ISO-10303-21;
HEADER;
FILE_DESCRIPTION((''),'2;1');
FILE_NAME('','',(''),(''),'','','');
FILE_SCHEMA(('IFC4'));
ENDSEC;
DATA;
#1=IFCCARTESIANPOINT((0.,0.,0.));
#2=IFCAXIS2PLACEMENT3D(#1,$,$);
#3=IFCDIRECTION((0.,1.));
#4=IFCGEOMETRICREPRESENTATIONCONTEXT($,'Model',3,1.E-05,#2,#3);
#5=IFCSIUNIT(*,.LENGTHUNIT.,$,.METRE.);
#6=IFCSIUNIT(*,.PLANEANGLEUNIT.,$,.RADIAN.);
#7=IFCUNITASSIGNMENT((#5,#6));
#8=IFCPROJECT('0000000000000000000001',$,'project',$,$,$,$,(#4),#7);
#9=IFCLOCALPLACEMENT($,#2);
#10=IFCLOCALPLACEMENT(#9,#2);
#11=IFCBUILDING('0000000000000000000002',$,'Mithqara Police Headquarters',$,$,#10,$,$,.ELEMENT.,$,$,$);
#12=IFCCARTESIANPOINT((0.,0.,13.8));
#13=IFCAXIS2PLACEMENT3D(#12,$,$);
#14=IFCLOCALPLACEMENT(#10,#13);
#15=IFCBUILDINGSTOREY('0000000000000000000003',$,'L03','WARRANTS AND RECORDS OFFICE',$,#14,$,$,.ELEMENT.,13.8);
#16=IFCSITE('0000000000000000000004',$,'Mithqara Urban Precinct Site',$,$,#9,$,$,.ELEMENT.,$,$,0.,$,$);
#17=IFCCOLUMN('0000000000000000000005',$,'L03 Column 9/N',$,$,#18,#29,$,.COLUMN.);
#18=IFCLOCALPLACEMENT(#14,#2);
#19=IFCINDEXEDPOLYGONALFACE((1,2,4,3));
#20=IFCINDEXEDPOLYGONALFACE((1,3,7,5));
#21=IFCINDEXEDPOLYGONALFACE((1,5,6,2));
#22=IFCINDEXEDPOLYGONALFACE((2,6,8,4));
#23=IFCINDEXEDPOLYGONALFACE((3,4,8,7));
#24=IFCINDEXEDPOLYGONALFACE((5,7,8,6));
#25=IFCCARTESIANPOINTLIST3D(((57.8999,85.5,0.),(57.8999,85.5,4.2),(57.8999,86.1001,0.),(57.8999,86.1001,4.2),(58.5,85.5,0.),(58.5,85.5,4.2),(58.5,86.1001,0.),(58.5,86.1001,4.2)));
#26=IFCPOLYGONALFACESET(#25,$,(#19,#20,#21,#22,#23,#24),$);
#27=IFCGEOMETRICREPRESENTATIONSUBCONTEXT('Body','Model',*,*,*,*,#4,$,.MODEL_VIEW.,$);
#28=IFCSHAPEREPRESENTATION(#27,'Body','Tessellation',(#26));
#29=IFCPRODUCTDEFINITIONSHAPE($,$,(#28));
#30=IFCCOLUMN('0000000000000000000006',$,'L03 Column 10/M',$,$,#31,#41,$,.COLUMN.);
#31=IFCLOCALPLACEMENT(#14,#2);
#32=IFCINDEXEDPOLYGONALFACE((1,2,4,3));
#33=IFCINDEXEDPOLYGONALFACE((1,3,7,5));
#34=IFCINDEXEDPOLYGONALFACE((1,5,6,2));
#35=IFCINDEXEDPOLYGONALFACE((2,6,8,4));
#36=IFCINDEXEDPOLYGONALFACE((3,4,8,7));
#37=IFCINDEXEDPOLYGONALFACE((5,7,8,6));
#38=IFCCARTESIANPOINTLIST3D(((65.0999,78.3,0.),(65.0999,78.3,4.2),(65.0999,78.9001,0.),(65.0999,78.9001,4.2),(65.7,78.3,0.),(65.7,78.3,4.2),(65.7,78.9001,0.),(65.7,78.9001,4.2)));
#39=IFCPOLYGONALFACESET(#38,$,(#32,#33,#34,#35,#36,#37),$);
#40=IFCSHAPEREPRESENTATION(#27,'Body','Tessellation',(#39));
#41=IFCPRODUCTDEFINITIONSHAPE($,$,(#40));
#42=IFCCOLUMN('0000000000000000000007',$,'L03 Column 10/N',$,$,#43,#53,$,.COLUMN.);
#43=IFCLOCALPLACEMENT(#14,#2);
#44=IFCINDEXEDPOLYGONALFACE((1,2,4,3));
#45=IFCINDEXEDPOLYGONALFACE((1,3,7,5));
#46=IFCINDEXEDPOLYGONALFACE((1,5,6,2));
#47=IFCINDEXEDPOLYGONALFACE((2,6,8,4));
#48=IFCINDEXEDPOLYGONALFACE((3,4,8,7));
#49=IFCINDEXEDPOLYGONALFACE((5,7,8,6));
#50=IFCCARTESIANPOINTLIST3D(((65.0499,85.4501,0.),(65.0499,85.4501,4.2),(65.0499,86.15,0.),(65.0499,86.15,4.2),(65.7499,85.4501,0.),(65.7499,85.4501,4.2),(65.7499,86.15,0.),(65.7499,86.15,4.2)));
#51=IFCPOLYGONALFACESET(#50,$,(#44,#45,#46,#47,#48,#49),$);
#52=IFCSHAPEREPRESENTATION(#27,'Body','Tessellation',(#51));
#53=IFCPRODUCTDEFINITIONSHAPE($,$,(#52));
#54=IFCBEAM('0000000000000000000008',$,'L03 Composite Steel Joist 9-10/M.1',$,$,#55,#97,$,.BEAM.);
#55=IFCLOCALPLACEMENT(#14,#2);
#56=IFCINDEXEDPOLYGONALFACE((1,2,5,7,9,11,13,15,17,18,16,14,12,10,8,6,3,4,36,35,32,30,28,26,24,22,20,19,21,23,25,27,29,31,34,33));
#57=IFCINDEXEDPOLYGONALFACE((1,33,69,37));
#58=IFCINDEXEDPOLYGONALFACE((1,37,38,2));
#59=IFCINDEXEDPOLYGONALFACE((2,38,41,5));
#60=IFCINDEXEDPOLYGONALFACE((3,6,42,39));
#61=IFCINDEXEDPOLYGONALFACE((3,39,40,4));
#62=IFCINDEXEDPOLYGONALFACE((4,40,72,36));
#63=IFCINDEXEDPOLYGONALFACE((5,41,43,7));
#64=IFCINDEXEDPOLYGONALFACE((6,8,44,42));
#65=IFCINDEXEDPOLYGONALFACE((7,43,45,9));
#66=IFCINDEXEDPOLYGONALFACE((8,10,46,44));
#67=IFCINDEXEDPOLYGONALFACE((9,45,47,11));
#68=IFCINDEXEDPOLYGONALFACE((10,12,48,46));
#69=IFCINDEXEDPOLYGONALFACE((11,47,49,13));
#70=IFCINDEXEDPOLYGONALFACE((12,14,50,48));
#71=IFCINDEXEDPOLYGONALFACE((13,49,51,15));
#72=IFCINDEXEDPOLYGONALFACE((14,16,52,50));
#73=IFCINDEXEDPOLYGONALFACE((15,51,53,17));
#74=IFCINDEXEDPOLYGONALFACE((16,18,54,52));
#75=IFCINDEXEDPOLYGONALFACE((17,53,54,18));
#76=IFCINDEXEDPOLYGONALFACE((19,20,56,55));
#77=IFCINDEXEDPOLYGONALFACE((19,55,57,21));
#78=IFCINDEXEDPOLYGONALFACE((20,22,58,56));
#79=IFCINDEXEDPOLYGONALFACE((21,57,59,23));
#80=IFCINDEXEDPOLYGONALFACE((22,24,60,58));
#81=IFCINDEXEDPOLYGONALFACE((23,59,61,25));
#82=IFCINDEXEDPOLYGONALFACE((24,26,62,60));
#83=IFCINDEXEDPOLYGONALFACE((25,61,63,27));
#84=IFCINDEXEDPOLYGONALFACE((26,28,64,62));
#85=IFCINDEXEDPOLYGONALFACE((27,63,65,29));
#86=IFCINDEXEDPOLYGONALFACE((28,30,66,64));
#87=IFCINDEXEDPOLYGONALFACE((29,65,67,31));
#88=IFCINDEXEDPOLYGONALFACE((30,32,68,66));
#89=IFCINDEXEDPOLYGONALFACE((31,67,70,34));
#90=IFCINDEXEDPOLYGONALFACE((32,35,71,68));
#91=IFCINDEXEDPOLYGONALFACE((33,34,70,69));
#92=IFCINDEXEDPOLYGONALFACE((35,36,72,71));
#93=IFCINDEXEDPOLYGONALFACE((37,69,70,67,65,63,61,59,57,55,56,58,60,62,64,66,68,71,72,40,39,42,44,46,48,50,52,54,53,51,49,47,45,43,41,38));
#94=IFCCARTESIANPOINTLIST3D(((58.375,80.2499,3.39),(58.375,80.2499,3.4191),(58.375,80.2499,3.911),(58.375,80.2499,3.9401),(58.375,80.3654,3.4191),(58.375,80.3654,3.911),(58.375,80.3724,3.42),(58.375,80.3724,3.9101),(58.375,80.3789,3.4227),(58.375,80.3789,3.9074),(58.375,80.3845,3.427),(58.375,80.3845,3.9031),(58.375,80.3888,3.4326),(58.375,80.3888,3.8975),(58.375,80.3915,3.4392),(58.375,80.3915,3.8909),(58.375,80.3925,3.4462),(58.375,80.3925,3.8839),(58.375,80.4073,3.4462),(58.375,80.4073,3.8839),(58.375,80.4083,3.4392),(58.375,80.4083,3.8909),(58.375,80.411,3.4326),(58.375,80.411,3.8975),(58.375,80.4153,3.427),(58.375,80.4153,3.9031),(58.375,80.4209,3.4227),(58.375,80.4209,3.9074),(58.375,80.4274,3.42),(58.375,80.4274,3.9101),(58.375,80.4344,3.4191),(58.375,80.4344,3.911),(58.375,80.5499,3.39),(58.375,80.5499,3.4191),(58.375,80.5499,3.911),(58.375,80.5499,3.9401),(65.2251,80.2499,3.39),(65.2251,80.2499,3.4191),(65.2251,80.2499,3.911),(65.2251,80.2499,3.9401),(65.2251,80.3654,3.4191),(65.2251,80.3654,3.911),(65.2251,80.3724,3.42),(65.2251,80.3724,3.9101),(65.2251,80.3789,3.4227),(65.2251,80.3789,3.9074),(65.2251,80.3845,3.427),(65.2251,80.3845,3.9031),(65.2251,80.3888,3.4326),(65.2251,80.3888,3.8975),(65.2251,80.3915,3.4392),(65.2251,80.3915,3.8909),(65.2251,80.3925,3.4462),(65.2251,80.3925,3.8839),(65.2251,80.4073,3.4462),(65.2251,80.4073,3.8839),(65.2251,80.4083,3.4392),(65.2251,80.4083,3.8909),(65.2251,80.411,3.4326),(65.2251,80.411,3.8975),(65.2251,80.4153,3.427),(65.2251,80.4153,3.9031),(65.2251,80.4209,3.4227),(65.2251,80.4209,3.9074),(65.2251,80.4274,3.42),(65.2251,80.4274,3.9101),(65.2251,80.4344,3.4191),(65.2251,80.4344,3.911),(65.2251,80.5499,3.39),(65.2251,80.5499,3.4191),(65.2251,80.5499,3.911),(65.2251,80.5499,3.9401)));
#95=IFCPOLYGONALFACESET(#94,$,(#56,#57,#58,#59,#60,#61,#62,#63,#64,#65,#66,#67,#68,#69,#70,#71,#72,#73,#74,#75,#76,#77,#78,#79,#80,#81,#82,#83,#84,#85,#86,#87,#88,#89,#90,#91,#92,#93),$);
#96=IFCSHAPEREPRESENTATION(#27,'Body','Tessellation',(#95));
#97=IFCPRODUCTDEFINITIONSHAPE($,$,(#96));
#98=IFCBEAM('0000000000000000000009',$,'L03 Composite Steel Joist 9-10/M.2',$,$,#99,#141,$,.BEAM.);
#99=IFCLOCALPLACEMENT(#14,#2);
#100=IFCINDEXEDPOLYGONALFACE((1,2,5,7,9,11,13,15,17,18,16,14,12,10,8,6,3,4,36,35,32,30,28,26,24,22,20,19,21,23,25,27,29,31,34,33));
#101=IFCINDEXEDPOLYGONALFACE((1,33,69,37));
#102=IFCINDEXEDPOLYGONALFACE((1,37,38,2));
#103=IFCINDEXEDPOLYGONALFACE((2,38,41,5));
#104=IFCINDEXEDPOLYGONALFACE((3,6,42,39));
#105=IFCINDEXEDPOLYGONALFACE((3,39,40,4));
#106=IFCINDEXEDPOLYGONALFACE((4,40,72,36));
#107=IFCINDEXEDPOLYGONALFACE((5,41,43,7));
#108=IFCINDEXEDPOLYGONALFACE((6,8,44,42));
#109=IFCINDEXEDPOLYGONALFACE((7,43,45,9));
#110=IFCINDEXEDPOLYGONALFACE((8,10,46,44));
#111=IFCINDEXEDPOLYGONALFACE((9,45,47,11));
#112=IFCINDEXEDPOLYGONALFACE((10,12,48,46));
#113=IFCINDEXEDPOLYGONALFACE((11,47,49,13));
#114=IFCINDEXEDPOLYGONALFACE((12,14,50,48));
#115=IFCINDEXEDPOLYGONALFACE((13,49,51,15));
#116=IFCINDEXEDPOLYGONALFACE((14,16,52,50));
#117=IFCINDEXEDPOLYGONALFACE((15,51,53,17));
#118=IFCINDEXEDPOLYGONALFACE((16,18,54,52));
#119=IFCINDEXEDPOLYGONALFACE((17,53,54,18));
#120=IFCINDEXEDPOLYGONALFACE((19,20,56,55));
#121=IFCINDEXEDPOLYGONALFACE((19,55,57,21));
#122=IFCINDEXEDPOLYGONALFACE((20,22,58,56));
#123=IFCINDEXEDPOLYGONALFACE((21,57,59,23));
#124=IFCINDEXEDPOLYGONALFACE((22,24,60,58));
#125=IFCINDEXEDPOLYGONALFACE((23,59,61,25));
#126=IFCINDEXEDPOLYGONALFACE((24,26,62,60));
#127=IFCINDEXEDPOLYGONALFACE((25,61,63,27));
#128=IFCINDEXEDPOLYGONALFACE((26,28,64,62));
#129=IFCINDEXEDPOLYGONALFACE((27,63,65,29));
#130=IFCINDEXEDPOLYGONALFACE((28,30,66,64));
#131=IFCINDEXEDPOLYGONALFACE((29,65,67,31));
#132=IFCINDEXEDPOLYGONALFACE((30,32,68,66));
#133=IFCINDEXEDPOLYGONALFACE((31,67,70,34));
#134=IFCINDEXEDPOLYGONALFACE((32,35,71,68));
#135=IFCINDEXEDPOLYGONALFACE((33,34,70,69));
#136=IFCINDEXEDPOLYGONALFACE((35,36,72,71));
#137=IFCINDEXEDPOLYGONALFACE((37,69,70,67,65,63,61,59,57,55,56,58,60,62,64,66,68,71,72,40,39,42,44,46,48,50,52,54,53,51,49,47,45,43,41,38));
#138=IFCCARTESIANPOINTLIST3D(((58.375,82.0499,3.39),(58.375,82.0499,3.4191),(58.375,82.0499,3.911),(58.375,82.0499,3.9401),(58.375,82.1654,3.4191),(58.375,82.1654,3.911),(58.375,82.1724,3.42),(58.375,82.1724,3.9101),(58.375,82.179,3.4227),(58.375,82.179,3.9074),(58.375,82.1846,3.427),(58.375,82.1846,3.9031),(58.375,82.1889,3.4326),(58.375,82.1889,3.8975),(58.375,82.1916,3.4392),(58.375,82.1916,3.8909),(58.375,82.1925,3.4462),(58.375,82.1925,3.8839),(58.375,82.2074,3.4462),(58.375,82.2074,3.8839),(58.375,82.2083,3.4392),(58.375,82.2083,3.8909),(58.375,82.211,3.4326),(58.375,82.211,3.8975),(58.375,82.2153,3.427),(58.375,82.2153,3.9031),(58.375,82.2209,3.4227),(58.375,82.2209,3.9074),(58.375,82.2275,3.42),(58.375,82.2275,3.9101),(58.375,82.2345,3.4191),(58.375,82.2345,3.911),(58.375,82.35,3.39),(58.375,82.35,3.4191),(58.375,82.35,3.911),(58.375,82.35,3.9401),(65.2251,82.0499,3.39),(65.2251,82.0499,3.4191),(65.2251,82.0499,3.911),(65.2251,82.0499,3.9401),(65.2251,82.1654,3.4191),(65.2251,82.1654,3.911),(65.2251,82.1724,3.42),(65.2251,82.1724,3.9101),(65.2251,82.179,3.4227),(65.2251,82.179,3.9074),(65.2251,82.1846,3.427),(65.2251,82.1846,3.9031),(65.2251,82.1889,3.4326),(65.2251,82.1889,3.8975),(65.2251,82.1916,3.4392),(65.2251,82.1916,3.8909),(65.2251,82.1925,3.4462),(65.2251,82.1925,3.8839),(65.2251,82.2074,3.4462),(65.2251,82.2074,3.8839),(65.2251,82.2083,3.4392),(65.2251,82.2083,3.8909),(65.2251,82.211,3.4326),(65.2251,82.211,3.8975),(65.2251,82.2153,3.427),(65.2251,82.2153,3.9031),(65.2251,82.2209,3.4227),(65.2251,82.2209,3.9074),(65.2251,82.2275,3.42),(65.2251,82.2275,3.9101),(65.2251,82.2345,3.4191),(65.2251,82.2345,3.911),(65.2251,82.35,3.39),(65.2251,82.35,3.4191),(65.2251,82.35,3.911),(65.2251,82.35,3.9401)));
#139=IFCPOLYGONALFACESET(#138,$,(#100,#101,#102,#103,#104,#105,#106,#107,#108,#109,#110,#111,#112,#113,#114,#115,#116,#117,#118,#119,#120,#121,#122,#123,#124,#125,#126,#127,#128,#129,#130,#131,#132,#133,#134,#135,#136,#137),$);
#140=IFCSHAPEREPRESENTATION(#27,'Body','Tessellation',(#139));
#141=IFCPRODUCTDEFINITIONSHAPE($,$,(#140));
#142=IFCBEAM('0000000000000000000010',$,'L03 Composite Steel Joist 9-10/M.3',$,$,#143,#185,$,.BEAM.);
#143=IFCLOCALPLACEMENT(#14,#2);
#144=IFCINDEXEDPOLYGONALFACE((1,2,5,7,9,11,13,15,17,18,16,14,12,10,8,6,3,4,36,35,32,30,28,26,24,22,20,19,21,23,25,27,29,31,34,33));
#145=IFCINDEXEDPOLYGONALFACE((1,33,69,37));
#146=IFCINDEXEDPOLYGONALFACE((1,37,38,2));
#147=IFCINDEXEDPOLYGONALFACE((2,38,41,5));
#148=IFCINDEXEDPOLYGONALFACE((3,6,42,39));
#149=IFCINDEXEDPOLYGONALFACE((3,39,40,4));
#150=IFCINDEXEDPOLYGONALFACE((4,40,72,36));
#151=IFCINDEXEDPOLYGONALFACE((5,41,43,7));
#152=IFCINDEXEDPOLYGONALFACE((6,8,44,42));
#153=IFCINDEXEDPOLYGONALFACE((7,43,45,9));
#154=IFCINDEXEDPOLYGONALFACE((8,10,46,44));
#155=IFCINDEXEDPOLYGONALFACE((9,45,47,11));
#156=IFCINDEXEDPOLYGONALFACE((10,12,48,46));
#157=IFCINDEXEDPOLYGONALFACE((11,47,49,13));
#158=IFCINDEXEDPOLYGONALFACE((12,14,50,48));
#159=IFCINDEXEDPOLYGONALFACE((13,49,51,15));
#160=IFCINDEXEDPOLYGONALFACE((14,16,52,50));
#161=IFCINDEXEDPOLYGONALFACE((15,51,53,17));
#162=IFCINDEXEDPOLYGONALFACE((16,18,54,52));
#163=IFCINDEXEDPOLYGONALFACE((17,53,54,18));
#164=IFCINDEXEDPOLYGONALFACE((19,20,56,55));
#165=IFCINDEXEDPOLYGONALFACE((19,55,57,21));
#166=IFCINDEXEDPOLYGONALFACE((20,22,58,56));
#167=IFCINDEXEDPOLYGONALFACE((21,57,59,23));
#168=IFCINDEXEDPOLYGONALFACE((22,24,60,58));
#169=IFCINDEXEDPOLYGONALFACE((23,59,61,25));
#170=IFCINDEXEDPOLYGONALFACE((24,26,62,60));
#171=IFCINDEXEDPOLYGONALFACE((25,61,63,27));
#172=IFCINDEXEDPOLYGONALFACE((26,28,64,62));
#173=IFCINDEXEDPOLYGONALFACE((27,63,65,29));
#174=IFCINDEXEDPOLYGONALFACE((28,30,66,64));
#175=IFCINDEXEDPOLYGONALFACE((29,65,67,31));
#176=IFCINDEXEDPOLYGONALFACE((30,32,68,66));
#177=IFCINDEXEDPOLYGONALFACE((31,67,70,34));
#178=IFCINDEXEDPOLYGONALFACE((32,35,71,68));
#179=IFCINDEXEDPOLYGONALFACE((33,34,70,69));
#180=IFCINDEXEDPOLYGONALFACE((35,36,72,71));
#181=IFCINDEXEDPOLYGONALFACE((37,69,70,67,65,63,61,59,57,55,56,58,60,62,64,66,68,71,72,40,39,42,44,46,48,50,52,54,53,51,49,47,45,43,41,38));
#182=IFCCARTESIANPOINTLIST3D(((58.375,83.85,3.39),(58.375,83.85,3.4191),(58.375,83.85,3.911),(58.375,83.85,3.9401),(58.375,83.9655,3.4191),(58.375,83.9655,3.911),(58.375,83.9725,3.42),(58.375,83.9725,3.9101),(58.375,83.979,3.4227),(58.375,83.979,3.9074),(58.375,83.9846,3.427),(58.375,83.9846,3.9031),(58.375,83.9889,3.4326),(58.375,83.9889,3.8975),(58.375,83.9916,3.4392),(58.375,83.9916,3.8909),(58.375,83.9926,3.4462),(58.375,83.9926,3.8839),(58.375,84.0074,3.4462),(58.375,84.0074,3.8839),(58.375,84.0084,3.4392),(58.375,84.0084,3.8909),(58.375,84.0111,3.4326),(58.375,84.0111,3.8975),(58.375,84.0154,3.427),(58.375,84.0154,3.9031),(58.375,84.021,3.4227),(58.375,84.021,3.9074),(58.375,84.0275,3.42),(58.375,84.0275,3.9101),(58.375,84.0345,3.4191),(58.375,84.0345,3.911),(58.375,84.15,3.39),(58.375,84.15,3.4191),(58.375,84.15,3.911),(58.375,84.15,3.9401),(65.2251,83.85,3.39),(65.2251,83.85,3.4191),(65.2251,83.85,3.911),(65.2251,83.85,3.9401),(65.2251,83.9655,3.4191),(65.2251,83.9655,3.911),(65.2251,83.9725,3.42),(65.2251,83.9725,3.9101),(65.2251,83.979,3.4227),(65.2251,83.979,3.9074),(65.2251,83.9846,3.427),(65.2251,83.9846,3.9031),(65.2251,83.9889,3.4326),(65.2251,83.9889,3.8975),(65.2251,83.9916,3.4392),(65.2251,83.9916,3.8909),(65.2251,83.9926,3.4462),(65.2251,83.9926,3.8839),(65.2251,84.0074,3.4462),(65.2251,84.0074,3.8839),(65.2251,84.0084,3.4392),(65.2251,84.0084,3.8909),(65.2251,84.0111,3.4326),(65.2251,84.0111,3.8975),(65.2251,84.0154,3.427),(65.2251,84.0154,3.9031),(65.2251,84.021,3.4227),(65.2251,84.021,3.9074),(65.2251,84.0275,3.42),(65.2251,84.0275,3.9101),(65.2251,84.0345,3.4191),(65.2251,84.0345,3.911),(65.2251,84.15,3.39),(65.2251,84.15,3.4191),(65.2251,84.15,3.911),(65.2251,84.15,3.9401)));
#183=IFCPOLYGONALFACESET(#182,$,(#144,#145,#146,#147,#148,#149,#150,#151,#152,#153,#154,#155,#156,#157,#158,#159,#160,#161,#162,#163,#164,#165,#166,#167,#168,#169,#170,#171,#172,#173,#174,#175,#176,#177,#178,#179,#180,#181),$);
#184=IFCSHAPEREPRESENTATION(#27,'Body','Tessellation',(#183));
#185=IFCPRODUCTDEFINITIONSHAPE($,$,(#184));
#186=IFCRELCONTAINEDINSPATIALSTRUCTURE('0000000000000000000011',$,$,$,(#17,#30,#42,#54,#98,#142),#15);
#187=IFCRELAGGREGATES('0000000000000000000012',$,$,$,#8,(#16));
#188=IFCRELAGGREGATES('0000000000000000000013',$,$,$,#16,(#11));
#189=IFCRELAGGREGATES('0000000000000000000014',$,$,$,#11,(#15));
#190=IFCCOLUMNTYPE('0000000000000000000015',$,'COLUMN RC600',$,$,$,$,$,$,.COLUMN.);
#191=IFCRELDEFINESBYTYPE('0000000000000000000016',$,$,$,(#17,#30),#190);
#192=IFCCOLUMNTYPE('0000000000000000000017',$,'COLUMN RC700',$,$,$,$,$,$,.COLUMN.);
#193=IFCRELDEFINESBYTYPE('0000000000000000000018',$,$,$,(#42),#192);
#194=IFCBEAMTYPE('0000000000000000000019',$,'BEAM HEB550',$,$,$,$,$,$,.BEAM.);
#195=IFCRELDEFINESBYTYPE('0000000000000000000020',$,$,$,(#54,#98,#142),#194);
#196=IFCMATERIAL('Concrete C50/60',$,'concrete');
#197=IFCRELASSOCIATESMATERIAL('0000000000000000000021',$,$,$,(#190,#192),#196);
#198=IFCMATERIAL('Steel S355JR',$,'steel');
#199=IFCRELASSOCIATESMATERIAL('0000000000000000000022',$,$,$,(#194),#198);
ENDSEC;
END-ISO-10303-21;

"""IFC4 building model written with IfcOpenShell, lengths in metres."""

from ifc_helpers import new_model, si_unit, direction, frame, origin, origin_2d, place, context, subcontext, project, spatial, rectangle, i_section, extrude, material, material_profile, profile_set, type_object, element, save


model = new_model("IFC4")

# Units and contexts
model_context = context("Model", 3, precision=1e-05, world=origin(), true_north=direction((0.0, 1.0)))
body_context = subcontext(model_context, "Body", "Model", "MODEL_VIEW")
ifc_project = project(units=[si_unit("LENGTHUNIT", "METRE"), si_unit("PLANEANGLEUNIT", "RADIAN")], contexts=[model_context])

# Site, building, storey
site_placement = place(None, origin())
site = spatial("IfcSite", under=ifc_project, at=site_placement, Name="Mithqara Urban Precinct Site", CompositionType="ELEMENT", RefElevation=0.0)
building_placement = place(site_placement, origin())
building = spatial("IfcBuilding", under=site, at=building_placement, Name="Mithqara Police Headquarters", CompositionType="ELEMENT")
storey_placement = place(building_placement, frame((0.0, 0.0, 13.8)))
storey = spatial("IfcBuildingStorey", under=building, at=storey_placement, Name="L03", Description="WARRANTS AND RECORDS OFFICE", CompositionType="ELEMENT", Elevation=13.8)

# Columns
ifc_material_1 = material(Name="Concrete C50/60", Category="concrete")
ifc_material_profile_1 = material_profile(ifc_material_1, rectangle(XDim=0.6001, YDim=0.6001, at=origin_2d()), Name="RC 600x600")
ifc_profile_set_1 = profile_set([ifc_material_profile_1], Name="Concrete C50/60")
column_type_1 = type_object("IfcColumnType", Name="COLUMN RC600", PredefinedType="COLUMN", material=ifc_profile_set_1)
for number, where, z_axis, x_axis, name in (
    (1, (58.2, 85.8, 0.0), (0.0, 0.0, 1.0), (1.0, 0.0, 0.0), "L03 Column 9/N"),
    (2, (65.3999, 78.6001, 0.0), (0.0, 0.0, 1.0), (1.0, 0.0, 0.0), "L03 Column 10/M"),
):
    element("IfcColumn", number, at=place(storey_placement, frame(where, z_axis=z_axis, x_axis=x_axis)), inside=storey, type_object=column_type_1, Name=name, PredefinedType="COLUMN", context=body_context, shape_type="SweptSolid", body=[
        extrude(rectangle(XDim=0.6001, YDim=0.6001, at=origin_2d()), origin(), (0.0, 0.0, 1.0), 4.2),
    ])
ifc_material_profile_2 = material_profile(ifc_material_1, rectangle(XDim=0.7, YDim=0.7, at=origin_2d()), Name="RC 700x700")
ifc_profile_set_2 = profile_set([ifc_material_profile_2], Name="Concrete C50/60")
column_type_2 = type_object("IfcColumnType", Name="COLUMN RC700", PredefinedType="COLUMN", material=ifc_profile_set_2)
column_placement = place(storey_placement, frame((65.3999, 85.8, 0.0), z_axis=(0.0, 0.0, 1.0), x_axis=(1.0, 0.0, 0.0)))
element("IfcColumn", 3, at=column_placement, inside=storey, type_object=column_type_2, Name="L03 Column 10/N", PredefinedType="COLUMN", context=body_context, shape_type="SweptSolid", body=[
    extrude(rectangle(XDim=0.7, YDim=0.7, at=origin_2d()), origin(), (0.0, 0.0, 1.0), 4.2),
])

# Beams
ifc_material_2 = material(Name="Steel S355JR", Category="steel")
ifc_material_profile_3 = material_profile(ifc_material_2, i_section(OverallWidth=0.3, OverallDepth=0.55, WebThickness=0.0149, FlangeThickness=0.0291, FilletRadius=0.0271, at=origin_2d()), Name="HEB 550")
ifc_profile_set_3 = profile_set([ifc_material_profile_3], Name="Steel S355JR")
beam_type_1 = type_object("IfcBeamType", Name="BEAM HEB550", PredefinedType="BEAM", material=ifc_profile_set_3)
for number, where, z_axis, x_axis, name in (
    (4, (58.375, 80.3999, 3.665), (1.0, 0.0, 0.0), (0.0, 1.0, 0.0), "L03 Composite Steel Joist 9-10/M.1"),
    (5, (58.375, 82.2, 3.665), (1.0, 0.0, 0.0), (0.0, 1.0, 0.0), "L03 Composite Steel Joist 9-10/M.2"),
    (6, (58.375, 84.0, 3.665), (1.0, 0.0, 0.0), (0.0, 1.0, 0.0), "L03 Composite Steel Joist 9-10/M.3"),
):
    element("IfcBeam", number, at=place(storey_placement, frame(where, z_axis=z_axis, x_axis=x_axis)), inside=storey, type_object=beam_type_1, Name=name, PredefinedType="BEAM", context=body_context, shape_type="SweptSolid", body=[
        extrude(i_section(OverallWidth=0.3, OverallDepth=0.55, WebThickness=0.0149, FlangeThickness=0.0291, FilletRadius=0.0271, at=origin_2d()), origin(), (0.0, 0.0, 1.0), 6.8501),
    ])

save(model, "model.ifc")
